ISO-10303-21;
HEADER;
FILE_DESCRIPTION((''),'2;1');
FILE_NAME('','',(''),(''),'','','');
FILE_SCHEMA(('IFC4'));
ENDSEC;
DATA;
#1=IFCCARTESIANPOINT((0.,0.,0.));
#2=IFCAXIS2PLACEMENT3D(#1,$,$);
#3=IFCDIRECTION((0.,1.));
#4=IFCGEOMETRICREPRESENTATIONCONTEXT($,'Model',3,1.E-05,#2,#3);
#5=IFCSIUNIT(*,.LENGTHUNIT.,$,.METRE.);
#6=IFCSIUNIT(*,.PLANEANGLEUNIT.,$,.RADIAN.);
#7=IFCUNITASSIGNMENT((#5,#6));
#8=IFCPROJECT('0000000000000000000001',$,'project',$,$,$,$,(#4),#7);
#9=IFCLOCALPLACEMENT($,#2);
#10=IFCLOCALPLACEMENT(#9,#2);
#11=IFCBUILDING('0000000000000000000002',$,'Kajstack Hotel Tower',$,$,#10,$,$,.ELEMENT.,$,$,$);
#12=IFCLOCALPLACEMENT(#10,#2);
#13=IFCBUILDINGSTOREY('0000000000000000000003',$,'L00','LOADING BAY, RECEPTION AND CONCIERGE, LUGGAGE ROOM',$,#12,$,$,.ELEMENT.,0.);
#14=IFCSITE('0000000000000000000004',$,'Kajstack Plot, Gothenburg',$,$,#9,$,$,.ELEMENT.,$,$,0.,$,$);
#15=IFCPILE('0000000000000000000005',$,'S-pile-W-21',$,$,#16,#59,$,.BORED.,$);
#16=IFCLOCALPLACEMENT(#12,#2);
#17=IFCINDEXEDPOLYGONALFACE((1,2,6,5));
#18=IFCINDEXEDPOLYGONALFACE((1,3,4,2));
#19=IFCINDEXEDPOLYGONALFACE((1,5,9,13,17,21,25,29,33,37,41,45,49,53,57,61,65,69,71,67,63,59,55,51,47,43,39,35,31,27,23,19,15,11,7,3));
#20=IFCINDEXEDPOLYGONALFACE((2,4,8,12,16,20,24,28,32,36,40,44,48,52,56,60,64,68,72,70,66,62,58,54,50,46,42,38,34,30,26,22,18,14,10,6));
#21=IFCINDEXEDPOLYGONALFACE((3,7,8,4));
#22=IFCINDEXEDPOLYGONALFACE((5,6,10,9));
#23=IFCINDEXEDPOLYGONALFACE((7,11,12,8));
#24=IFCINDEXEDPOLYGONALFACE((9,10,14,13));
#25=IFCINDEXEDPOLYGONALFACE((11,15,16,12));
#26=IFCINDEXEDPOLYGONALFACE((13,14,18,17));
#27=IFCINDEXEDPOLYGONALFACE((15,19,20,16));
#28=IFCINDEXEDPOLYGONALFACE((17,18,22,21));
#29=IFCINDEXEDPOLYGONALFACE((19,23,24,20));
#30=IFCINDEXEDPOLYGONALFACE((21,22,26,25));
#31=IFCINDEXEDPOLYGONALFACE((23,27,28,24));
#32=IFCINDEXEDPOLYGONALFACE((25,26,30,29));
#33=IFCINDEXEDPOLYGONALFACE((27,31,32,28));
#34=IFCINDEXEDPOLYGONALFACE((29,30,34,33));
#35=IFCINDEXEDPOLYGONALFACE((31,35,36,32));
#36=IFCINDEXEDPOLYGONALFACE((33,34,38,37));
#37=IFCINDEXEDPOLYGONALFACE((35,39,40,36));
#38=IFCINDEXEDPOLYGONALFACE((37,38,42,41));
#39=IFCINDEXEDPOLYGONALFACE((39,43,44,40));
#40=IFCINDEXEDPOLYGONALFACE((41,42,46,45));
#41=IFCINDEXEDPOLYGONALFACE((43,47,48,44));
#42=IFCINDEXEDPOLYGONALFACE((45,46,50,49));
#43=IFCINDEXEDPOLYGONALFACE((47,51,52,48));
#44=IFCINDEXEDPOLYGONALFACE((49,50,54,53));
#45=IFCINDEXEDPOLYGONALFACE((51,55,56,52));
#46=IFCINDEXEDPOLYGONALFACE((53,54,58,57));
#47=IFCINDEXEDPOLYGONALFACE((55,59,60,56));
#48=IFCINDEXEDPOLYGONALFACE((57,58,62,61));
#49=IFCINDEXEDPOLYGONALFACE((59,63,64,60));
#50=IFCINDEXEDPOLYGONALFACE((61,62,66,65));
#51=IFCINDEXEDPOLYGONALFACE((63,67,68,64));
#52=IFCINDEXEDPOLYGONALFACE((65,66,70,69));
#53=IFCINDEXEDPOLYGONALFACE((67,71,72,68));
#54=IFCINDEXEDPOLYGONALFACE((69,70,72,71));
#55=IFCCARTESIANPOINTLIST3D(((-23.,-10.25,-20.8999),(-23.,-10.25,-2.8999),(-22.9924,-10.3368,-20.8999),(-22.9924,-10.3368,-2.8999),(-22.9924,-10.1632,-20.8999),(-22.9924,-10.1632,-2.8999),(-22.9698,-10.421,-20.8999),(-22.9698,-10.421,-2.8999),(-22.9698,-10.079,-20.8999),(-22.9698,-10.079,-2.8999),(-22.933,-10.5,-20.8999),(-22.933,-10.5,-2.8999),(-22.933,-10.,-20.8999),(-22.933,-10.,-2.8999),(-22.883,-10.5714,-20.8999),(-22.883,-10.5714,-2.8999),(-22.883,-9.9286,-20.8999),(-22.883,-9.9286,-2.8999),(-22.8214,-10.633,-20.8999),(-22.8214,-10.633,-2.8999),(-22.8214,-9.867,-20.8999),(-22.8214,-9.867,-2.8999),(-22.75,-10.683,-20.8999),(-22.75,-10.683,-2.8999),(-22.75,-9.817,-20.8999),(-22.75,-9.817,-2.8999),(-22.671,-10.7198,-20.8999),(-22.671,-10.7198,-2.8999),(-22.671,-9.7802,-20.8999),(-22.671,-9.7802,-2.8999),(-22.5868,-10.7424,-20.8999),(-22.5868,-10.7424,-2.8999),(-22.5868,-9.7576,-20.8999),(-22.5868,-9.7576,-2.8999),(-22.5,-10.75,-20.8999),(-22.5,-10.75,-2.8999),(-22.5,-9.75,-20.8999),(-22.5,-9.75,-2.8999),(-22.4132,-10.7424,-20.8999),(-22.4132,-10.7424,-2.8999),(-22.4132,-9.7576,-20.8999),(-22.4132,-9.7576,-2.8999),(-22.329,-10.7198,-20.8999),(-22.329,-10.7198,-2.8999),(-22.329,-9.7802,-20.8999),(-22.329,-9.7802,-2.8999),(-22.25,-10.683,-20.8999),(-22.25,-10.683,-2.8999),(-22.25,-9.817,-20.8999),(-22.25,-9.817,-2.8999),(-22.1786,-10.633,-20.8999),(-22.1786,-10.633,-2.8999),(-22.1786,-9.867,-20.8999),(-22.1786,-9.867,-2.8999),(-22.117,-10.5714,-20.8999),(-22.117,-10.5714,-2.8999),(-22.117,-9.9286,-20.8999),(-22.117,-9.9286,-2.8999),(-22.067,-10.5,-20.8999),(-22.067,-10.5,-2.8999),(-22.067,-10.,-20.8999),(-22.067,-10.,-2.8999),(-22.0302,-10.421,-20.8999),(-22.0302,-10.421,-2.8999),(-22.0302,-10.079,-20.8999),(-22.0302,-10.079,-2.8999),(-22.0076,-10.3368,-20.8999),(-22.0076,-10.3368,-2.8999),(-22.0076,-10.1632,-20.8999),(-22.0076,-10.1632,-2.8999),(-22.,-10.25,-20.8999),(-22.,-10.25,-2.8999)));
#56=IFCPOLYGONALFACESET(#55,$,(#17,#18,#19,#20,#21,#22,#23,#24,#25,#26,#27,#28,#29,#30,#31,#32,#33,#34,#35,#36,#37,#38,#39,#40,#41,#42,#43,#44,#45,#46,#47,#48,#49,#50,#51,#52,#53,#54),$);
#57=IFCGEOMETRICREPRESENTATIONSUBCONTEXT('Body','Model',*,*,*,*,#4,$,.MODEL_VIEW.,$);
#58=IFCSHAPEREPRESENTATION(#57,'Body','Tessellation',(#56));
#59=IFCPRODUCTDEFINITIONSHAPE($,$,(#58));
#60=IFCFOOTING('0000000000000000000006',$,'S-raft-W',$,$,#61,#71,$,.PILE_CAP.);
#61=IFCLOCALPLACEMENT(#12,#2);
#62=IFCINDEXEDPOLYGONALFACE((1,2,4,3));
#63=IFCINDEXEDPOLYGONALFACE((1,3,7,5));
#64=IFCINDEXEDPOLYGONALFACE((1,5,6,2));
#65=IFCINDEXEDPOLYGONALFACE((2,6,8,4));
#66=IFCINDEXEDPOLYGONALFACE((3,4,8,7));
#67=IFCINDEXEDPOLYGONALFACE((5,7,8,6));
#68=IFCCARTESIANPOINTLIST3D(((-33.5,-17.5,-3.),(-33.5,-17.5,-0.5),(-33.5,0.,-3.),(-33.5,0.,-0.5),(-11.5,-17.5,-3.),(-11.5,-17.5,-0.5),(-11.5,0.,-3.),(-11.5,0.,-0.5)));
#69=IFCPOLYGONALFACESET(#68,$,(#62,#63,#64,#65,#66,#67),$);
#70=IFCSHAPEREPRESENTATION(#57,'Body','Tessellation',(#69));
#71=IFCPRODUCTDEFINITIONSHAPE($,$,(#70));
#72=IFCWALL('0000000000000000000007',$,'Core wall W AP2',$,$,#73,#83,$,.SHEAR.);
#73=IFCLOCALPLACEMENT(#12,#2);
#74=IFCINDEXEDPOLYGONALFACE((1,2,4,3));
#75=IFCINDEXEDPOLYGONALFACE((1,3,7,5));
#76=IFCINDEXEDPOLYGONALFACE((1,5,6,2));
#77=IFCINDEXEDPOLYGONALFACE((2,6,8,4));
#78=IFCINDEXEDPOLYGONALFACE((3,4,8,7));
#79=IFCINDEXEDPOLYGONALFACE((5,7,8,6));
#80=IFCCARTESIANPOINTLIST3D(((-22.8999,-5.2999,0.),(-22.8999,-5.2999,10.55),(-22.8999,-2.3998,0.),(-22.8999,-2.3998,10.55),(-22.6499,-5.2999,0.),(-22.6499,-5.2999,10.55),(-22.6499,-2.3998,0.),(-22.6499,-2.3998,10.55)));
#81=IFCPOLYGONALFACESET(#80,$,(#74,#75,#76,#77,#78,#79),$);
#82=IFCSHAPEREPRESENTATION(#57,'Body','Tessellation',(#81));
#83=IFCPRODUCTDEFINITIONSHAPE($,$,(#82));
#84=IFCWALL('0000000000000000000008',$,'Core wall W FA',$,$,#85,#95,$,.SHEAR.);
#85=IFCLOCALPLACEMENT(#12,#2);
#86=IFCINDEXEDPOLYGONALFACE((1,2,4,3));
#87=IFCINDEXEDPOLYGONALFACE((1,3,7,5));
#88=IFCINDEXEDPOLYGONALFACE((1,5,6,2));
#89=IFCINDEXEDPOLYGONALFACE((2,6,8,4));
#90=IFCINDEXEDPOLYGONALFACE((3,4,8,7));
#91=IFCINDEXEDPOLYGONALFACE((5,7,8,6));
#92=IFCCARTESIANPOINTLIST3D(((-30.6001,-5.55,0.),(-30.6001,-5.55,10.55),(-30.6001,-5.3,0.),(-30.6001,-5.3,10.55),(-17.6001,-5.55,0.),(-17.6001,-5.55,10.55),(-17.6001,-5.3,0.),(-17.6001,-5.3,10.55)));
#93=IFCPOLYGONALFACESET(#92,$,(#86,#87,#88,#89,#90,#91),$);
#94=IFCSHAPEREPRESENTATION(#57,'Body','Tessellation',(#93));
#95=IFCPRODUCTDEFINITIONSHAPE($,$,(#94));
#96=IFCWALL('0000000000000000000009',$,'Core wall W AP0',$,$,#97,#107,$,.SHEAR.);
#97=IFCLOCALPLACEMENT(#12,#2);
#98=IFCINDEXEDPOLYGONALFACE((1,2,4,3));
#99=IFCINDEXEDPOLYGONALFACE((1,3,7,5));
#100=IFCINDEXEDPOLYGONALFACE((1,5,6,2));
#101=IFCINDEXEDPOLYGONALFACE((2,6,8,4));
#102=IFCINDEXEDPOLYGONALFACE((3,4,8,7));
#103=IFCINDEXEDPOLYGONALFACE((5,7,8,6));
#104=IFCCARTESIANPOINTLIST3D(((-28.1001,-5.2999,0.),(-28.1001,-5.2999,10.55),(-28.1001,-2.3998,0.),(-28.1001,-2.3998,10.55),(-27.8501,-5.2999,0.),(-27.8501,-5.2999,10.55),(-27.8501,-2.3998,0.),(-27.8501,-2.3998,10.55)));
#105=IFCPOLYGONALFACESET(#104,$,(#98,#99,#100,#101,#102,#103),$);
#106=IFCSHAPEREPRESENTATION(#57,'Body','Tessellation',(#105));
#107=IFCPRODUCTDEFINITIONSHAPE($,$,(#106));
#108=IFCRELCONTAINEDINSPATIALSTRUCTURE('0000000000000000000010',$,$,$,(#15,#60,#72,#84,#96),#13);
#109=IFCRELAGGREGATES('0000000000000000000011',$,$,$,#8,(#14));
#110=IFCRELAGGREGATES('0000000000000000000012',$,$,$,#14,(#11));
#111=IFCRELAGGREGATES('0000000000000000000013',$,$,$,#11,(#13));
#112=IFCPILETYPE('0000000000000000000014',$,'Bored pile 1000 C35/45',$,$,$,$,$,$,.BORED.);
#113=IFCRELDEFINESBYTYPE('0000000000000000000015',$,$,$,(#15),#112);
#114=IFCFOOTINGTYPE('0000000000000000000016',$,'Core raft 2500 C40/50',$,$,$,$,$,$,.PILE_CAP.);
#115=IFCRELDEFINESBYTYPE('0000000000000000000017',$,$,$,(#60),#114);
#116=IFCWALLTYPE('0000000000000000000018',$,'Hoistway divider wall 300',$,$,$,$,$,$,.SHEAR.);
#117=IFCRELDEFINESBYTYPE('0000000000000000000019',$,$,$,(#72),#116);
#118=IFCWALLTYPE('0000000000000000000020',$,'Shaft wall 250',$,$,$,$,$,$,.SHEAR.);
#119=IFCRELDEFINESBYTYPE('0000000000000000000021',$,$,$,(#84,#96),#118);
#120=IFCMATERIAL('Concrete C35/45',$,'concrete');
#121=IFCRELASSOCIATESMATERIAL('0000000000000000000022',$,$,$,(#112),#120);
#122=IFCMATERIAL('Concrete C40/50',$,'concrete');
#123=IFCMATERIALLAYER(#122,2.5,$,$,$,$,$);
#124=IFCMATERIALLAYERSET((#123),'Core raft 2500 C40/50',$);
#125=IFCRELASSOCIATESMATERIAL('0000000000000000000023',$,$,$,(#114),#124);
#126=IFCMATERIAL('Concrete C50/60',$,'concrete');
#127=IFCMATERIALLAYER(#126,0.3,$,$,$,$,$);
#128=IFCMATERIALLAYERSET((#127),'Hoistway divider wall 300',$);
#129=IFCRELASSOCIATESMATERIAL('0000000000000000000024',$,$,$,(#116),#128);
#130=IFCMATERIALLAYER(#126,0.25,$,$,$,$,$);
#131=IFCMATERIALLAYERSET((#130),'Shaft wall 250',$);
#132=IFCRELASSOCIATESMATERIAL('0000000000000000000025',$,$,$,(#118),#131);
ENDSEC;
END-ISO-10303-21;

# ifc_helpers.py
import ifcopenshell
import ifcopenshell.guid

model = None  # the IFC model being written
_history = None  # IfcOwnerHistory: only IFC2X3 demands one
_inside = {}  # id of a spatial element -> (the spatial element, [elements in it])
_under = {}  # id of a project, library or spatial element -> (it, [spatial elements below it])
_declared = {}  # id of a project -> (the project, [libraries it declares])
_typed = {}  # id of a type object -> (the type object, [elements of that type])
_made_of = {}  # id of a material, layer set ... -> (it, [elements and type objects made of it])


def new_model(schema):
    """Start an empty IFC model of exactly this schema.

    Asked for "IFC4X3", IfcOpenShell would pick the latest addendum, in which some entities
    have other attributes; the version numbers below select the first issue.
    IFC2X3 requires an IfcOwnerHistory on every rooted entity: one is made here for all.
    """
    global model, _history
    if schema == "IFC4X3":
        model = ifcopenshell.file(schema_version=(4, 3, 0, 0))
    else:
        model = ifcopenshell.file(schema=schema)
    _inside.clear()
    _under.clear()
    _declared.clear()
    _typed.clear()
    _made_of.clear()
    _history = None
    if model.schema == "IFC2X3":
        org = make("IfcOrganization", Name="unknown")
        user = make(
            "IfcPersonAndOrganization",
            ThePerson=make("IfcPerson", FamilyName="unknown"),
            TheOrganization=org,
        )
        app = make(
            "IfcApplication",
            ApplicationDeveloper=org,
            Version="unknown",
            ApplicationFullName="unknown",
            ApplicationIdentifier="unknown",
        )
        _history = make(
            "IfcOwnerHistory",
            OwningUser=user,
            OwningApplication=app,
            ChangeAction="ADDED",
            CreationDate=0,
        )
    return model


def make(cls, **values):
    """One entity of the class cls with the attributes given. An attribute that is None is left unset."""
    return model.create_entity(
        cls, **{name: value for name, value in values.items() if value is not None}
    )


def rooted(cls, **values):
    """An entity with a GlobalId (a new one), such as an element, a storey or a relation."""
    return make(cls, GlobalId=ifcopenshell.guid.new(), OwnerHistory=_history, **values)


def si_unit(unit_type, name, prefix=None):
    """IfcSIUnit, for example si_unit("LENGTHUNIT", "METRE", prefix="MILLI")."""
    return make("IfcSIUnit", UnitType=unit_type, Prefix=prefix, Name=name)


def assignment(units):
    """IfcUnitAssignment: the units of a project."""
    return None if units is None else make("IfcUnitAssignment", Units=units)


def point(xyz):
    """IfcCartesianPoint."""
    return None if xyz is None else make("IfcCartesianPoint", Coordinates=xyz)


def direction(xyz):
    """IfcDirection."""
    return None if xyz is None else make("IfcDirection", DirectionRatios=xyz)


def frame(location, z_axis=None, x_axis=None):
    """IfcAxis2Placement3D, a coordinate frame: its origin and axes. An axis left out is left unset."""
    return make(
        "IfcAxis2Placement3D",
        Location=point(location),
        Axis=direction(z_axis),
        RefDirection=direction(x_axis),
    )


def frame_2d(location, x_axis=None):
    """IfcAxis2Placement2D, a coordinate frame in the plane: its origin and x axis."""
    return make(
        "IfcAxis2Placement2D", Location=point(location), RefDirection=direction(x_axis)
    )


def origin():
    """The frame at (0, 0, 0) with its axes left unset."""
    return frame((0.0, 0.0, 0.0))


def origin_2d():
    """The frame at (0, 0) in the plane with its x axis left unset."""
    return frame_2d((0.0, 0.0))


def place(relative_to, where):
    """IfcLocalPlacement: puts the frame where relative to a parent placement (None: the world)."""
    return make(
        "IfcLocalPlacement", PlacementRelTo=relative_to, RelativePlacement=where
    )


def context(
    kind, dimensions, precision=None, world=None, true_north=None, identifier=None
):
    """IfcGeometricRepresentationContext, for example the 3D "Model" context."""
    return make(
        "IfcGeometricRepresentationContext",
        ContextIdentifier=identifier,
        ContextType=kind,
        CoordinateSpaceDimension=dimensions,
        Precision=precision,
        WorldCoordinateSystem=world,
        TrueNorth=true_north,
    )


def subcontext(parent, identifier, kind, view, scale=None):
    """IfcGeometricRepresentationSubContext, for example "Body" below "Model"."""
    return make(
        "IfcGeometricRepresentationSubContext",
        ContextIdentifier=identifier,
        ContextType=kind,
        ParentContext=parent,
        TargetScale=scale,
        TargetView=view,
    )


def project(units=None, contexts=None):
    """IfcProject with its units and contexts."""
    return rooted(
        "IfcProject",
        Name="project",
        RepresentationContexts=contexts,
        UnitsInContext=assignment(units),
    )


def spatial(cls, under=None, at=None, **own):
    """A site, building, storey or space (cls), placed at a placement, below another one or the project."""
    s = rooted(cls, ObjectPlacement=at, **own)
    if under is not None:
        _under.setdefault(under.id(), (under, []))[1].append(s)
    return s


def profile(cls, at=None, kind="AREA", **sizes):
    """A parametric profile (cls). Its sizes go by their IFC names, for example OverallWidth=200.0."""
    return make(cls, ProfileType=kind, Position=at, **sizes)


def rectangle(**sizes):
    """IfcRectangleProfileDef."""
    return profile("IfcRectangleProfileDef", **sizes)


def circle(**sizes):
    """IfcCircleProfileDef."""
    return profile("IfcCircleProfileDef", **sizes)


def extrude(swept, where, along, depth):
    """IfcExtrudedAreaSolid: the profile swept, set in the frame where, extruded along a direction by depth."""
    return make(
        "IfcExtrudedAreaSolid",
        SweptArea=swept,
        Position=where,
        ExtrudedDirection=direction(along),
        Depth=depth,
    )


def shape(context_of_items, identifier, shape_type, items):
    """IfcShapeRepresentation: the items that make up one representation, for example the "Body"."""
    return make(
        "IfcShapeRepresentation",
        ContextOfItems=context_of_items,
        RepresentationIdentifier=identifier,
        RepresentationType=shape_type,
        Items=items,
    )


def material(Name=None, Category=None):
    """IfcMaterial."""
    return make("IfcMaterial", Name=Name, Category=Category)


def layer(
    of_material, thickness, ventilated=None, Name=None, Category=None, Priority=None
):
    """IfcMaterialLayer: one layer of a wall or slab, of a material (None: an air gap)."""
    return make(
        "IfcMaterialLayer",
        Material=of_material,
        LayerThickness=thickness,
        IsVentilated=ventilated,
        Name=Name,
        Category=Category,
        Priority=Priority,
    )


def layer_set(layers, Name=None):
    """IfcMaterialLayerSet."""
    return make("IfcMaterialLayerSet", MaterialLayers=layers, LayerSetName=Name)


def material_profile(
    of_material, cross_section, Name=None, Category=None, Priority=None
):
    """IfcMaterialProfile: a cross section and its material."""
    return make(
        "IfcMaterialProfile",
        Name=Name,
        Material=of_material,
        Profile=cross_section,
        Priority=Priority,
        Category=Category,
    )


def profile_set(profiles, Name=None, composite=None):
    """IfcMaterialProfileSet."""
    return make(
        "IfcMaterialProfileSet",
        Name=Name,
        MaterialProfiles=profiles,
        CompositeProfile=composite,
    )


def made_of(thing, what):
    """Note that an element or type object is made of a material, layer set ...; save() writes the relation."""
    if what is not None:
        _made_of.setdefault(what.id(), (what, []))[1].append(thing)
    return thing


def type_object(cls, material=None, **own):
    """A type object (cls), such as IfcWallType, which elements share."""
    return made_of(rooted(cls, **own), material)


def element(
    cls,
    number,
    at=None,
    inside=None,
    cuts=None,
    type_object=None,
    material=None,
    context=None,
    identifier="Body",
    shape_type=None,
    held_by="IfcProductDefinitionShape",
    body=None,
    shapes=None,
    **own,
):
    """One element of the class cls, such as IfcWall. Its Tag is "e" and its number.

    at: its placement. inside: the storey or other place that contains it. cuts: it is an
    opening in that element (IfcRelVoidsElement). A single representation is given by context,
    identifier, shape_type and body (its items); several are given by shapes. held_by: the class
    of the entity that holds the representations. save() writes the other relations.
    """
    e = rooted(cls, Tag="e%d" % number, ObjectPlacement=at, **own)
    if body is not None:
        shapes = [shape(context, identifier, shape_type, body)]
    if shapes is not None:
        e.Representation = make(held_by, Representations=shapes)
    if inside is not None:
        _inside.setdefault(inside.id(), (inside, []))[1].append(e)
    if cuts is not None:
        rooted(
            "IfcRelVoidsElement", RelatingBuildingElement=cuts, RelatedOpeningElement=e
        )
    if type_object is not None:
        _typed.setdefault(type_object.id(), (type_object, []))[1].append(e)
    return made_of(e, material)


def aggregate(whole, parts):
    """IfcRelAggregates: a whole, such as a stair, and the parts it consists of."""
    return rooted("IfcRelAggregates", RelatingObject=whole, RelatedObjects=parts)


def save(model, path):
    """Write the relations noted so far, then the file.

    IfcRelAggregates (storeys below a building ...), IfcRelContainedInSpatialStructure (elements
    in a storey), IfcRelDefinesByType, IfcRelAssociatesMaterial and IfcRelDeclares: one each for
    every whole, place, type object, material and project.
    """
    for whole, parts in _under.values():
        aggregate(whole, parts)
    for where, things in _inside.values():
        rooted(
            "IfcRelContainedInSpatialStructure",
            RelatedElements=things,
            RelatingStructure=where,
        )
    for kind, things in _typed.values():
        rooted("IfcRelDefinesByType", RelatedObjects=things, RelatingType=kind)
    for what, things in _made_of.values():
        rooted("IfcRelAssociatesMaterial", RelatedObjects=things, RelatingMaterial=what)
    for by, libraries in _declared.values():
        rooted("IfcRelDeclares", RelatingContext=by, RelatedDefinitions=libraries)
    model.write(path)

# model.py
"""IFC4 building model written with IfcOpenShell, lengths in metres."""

from ifc_helpers import new_model, si_unit, direction, frame, frame_2d, origin, origin_2d, place, context, subcontext, project, spatial, rectangle, circle, extrude, material, layer, layer_set, material_profile, profile_set, type_object, element, save


model = new_model("IFC4")

# Units and contexts
model_context = context("Model", 3, precision=1e-05, world=origin(), true_north=direction((0.0, 1.0)))
body_context = subcontext(model_context, "Body", "Model", "MODEL_VIEW")
ifc_project = project(units=[si_unit("LENGTHUNIT", "METRE"), si_unit("PLANEANGLEUNIT", "RADIAN")], contexts=[model_context])

# Site, building, storey
site_placement = place(None, origin())
site = spatial("IfcSite", under=ifc_project, at=site_placement, Name="Kajstack Plot, Gothenburg", CompositionType="ELEMENT", RefElevation=0.0)
building_placement = place(site_placement, origin())
building = spatial("IfcBuilding", under=site, at=building_placement, Name="Kajstack Hotel Tower", CompositionType="ELEMENT")
storey_placement = place(building_placement, origin())
storey = spatial("IfcBuildingStorey", under=building, at=storey_placement, Name="L00", Description="LOADING BAY, RECEPTION AND CONCIERGE, LUGGAGE ROOM", CompositionType="ELEMENT", Elevation=0.0)

# Pile
ifc_material_1 = material(Name="Concrete C35/45", Category="concrete")
ifc_material_profile = material_profile(ifc_material_1, circle(Radius=0.5, at=origin_2d()), Name="RC round 1000")
ifc_profile_set = profile_set([ifc_material_profile], Name="Concrete C35/45")
pile_type = type_object("IfcPileType", Name="Bored pile 1000 C35/45", PredefinedType="BORED", material=ifc_profile_set)
for number, where, z_axis, x_axis, name in (
    (1, (-22.5, -10.25, -2.8999), (0.0, 0.0, -1.0), (1.0, 0.0, 0.0), "S-pile-W-21"),
):
    element("IfcPile", number, at=place(storey_placement, frame(where, z_axis=z_axis, x_axis=x_axis)), inside=storey, type_object=pile_type, Name=name, PredefinedType="BORED", context=body_context, shape_type="SweptSolid", body=[
        extrude(circle(Radius=0.5, at=origin_2d()), origin(), (0.0, 0.0, 1.0), 18.0),
    ])

# Footing
ifc_material_2 = material(Name="Concrete C40/50", Category="concrete")
ifc_layer_1 = layer(ifc_material_2, 2.5)
ifc_layer_set_1 = layer_set([ifc_layer_1], Name="Core raft 2500 C40/50")
footing_type = type_object("IfcFootingType", Name="Core raft 2500 C40/50", PredefinedType="PILE_CAP", material=ifc_layer_set_1)
footing_placement = place(storey_placement, frame((-22.5, -8.75, -3.0), z_axis=(0.0, 0.0, 1.0), x_axis=(1.0, 0.0, 0.0)))
element("IfcFooting", 2, at=footing_placement, inside=storey, type_object=footing_type, Name="S-raft-W", PredefinedType="PILE_CAP", context=body_context, shape_type="SweptSolid", body=[
    extrude(rectangle(XDim=22.0, YDim=17.5, at=origin_2d()), origin(), (0.0, 0.0, 1.0), 2.5),
])

# Walls
ifc_material_3 = material(Name="Concrete C50/60", Category="concrete")
ifc_layer_2 = layer(ifc_material_3, 0.3)
ifc_layer_set_2 = layer_set([ifc_layer_2], Name="Hoistway divider wall 300")
wall_type_1 = type_object("IfcWallType", Name="Hoistway divider wall 300", PredefinedType="SHEAR", material=ifc_layer_set_2)
wall_1_placement = place(storey_placement, frame((-22.7749, -5.3, 0.0), z_axis=(0.0, 0.0, 1.0), x_axis=(0.0, 1.0, 0.0)))
element("IfcWall", 3, at=wall_1_placement, inside=storey, type_object=wall_type_1, Name="Core wall W AP2", PredefinedType="SHEAR", context=body_context, shape_type="SweptSolid", body=[
    extrude(rectangle(XDim=2.9001, YDim=0.25, at=frame_2d((1.4502, 0.0))), origin(), (0.0, 0.0, 1.0), 10.55),
])
ifc_layer_3 = layer(ifc_material_3, 0.25)
ifc_layer_set_3 = layer_set([ifc_layer_3], Name="Shaft wall 250")
wall_type_2 = type_object("IfcWallType", Name="Shaft wall 250", PredefinedType="SHEAR", material=ifc_layer_set_3)
wall_2_placement = place(storey_placement, frame((-30.6001, -5.425, 0.0), z_axis=(0.0, 0.0, 1.0), x_axis=(1.0, 0.0, 0.0)))
element("IfcWall", 4, at=wall_2_placement, inside=storey, type_object=wall_type_2, Name="Core wall W FA", PredefinedType="SHEAR", context=body_context, shape_type="SweptSolid", body=[
    extrude(rectangle(XDim=13.0, YDim=0.25, at=frame_2d((6.5, 0.0))), origin(), (0.0, 0.0, 1.0), 10.55),
])
wall_3_placement = place(storey_placement, frame((-27.9751, -5.3, 0.0), z_axis=(0.0, 0.0, 1.0), x_axis=(0.0, 1.0, 0.0)))
element("IfcWall", 5, at=wall_3_placement, inside=storey, type_object=wall_type_2, Name="Core wall W AP0", PredefinedType="SHEAR", context=body_context, shape_type="SweptSolid", body=[
    extrude(rectangle(XDim=2.9001, YDim=0.25, at=frame_2d((1.4502, 0.0))), origin(), (0.0, 0.0, 1.0), 10.55),
])

save(model, "model.ifc")
